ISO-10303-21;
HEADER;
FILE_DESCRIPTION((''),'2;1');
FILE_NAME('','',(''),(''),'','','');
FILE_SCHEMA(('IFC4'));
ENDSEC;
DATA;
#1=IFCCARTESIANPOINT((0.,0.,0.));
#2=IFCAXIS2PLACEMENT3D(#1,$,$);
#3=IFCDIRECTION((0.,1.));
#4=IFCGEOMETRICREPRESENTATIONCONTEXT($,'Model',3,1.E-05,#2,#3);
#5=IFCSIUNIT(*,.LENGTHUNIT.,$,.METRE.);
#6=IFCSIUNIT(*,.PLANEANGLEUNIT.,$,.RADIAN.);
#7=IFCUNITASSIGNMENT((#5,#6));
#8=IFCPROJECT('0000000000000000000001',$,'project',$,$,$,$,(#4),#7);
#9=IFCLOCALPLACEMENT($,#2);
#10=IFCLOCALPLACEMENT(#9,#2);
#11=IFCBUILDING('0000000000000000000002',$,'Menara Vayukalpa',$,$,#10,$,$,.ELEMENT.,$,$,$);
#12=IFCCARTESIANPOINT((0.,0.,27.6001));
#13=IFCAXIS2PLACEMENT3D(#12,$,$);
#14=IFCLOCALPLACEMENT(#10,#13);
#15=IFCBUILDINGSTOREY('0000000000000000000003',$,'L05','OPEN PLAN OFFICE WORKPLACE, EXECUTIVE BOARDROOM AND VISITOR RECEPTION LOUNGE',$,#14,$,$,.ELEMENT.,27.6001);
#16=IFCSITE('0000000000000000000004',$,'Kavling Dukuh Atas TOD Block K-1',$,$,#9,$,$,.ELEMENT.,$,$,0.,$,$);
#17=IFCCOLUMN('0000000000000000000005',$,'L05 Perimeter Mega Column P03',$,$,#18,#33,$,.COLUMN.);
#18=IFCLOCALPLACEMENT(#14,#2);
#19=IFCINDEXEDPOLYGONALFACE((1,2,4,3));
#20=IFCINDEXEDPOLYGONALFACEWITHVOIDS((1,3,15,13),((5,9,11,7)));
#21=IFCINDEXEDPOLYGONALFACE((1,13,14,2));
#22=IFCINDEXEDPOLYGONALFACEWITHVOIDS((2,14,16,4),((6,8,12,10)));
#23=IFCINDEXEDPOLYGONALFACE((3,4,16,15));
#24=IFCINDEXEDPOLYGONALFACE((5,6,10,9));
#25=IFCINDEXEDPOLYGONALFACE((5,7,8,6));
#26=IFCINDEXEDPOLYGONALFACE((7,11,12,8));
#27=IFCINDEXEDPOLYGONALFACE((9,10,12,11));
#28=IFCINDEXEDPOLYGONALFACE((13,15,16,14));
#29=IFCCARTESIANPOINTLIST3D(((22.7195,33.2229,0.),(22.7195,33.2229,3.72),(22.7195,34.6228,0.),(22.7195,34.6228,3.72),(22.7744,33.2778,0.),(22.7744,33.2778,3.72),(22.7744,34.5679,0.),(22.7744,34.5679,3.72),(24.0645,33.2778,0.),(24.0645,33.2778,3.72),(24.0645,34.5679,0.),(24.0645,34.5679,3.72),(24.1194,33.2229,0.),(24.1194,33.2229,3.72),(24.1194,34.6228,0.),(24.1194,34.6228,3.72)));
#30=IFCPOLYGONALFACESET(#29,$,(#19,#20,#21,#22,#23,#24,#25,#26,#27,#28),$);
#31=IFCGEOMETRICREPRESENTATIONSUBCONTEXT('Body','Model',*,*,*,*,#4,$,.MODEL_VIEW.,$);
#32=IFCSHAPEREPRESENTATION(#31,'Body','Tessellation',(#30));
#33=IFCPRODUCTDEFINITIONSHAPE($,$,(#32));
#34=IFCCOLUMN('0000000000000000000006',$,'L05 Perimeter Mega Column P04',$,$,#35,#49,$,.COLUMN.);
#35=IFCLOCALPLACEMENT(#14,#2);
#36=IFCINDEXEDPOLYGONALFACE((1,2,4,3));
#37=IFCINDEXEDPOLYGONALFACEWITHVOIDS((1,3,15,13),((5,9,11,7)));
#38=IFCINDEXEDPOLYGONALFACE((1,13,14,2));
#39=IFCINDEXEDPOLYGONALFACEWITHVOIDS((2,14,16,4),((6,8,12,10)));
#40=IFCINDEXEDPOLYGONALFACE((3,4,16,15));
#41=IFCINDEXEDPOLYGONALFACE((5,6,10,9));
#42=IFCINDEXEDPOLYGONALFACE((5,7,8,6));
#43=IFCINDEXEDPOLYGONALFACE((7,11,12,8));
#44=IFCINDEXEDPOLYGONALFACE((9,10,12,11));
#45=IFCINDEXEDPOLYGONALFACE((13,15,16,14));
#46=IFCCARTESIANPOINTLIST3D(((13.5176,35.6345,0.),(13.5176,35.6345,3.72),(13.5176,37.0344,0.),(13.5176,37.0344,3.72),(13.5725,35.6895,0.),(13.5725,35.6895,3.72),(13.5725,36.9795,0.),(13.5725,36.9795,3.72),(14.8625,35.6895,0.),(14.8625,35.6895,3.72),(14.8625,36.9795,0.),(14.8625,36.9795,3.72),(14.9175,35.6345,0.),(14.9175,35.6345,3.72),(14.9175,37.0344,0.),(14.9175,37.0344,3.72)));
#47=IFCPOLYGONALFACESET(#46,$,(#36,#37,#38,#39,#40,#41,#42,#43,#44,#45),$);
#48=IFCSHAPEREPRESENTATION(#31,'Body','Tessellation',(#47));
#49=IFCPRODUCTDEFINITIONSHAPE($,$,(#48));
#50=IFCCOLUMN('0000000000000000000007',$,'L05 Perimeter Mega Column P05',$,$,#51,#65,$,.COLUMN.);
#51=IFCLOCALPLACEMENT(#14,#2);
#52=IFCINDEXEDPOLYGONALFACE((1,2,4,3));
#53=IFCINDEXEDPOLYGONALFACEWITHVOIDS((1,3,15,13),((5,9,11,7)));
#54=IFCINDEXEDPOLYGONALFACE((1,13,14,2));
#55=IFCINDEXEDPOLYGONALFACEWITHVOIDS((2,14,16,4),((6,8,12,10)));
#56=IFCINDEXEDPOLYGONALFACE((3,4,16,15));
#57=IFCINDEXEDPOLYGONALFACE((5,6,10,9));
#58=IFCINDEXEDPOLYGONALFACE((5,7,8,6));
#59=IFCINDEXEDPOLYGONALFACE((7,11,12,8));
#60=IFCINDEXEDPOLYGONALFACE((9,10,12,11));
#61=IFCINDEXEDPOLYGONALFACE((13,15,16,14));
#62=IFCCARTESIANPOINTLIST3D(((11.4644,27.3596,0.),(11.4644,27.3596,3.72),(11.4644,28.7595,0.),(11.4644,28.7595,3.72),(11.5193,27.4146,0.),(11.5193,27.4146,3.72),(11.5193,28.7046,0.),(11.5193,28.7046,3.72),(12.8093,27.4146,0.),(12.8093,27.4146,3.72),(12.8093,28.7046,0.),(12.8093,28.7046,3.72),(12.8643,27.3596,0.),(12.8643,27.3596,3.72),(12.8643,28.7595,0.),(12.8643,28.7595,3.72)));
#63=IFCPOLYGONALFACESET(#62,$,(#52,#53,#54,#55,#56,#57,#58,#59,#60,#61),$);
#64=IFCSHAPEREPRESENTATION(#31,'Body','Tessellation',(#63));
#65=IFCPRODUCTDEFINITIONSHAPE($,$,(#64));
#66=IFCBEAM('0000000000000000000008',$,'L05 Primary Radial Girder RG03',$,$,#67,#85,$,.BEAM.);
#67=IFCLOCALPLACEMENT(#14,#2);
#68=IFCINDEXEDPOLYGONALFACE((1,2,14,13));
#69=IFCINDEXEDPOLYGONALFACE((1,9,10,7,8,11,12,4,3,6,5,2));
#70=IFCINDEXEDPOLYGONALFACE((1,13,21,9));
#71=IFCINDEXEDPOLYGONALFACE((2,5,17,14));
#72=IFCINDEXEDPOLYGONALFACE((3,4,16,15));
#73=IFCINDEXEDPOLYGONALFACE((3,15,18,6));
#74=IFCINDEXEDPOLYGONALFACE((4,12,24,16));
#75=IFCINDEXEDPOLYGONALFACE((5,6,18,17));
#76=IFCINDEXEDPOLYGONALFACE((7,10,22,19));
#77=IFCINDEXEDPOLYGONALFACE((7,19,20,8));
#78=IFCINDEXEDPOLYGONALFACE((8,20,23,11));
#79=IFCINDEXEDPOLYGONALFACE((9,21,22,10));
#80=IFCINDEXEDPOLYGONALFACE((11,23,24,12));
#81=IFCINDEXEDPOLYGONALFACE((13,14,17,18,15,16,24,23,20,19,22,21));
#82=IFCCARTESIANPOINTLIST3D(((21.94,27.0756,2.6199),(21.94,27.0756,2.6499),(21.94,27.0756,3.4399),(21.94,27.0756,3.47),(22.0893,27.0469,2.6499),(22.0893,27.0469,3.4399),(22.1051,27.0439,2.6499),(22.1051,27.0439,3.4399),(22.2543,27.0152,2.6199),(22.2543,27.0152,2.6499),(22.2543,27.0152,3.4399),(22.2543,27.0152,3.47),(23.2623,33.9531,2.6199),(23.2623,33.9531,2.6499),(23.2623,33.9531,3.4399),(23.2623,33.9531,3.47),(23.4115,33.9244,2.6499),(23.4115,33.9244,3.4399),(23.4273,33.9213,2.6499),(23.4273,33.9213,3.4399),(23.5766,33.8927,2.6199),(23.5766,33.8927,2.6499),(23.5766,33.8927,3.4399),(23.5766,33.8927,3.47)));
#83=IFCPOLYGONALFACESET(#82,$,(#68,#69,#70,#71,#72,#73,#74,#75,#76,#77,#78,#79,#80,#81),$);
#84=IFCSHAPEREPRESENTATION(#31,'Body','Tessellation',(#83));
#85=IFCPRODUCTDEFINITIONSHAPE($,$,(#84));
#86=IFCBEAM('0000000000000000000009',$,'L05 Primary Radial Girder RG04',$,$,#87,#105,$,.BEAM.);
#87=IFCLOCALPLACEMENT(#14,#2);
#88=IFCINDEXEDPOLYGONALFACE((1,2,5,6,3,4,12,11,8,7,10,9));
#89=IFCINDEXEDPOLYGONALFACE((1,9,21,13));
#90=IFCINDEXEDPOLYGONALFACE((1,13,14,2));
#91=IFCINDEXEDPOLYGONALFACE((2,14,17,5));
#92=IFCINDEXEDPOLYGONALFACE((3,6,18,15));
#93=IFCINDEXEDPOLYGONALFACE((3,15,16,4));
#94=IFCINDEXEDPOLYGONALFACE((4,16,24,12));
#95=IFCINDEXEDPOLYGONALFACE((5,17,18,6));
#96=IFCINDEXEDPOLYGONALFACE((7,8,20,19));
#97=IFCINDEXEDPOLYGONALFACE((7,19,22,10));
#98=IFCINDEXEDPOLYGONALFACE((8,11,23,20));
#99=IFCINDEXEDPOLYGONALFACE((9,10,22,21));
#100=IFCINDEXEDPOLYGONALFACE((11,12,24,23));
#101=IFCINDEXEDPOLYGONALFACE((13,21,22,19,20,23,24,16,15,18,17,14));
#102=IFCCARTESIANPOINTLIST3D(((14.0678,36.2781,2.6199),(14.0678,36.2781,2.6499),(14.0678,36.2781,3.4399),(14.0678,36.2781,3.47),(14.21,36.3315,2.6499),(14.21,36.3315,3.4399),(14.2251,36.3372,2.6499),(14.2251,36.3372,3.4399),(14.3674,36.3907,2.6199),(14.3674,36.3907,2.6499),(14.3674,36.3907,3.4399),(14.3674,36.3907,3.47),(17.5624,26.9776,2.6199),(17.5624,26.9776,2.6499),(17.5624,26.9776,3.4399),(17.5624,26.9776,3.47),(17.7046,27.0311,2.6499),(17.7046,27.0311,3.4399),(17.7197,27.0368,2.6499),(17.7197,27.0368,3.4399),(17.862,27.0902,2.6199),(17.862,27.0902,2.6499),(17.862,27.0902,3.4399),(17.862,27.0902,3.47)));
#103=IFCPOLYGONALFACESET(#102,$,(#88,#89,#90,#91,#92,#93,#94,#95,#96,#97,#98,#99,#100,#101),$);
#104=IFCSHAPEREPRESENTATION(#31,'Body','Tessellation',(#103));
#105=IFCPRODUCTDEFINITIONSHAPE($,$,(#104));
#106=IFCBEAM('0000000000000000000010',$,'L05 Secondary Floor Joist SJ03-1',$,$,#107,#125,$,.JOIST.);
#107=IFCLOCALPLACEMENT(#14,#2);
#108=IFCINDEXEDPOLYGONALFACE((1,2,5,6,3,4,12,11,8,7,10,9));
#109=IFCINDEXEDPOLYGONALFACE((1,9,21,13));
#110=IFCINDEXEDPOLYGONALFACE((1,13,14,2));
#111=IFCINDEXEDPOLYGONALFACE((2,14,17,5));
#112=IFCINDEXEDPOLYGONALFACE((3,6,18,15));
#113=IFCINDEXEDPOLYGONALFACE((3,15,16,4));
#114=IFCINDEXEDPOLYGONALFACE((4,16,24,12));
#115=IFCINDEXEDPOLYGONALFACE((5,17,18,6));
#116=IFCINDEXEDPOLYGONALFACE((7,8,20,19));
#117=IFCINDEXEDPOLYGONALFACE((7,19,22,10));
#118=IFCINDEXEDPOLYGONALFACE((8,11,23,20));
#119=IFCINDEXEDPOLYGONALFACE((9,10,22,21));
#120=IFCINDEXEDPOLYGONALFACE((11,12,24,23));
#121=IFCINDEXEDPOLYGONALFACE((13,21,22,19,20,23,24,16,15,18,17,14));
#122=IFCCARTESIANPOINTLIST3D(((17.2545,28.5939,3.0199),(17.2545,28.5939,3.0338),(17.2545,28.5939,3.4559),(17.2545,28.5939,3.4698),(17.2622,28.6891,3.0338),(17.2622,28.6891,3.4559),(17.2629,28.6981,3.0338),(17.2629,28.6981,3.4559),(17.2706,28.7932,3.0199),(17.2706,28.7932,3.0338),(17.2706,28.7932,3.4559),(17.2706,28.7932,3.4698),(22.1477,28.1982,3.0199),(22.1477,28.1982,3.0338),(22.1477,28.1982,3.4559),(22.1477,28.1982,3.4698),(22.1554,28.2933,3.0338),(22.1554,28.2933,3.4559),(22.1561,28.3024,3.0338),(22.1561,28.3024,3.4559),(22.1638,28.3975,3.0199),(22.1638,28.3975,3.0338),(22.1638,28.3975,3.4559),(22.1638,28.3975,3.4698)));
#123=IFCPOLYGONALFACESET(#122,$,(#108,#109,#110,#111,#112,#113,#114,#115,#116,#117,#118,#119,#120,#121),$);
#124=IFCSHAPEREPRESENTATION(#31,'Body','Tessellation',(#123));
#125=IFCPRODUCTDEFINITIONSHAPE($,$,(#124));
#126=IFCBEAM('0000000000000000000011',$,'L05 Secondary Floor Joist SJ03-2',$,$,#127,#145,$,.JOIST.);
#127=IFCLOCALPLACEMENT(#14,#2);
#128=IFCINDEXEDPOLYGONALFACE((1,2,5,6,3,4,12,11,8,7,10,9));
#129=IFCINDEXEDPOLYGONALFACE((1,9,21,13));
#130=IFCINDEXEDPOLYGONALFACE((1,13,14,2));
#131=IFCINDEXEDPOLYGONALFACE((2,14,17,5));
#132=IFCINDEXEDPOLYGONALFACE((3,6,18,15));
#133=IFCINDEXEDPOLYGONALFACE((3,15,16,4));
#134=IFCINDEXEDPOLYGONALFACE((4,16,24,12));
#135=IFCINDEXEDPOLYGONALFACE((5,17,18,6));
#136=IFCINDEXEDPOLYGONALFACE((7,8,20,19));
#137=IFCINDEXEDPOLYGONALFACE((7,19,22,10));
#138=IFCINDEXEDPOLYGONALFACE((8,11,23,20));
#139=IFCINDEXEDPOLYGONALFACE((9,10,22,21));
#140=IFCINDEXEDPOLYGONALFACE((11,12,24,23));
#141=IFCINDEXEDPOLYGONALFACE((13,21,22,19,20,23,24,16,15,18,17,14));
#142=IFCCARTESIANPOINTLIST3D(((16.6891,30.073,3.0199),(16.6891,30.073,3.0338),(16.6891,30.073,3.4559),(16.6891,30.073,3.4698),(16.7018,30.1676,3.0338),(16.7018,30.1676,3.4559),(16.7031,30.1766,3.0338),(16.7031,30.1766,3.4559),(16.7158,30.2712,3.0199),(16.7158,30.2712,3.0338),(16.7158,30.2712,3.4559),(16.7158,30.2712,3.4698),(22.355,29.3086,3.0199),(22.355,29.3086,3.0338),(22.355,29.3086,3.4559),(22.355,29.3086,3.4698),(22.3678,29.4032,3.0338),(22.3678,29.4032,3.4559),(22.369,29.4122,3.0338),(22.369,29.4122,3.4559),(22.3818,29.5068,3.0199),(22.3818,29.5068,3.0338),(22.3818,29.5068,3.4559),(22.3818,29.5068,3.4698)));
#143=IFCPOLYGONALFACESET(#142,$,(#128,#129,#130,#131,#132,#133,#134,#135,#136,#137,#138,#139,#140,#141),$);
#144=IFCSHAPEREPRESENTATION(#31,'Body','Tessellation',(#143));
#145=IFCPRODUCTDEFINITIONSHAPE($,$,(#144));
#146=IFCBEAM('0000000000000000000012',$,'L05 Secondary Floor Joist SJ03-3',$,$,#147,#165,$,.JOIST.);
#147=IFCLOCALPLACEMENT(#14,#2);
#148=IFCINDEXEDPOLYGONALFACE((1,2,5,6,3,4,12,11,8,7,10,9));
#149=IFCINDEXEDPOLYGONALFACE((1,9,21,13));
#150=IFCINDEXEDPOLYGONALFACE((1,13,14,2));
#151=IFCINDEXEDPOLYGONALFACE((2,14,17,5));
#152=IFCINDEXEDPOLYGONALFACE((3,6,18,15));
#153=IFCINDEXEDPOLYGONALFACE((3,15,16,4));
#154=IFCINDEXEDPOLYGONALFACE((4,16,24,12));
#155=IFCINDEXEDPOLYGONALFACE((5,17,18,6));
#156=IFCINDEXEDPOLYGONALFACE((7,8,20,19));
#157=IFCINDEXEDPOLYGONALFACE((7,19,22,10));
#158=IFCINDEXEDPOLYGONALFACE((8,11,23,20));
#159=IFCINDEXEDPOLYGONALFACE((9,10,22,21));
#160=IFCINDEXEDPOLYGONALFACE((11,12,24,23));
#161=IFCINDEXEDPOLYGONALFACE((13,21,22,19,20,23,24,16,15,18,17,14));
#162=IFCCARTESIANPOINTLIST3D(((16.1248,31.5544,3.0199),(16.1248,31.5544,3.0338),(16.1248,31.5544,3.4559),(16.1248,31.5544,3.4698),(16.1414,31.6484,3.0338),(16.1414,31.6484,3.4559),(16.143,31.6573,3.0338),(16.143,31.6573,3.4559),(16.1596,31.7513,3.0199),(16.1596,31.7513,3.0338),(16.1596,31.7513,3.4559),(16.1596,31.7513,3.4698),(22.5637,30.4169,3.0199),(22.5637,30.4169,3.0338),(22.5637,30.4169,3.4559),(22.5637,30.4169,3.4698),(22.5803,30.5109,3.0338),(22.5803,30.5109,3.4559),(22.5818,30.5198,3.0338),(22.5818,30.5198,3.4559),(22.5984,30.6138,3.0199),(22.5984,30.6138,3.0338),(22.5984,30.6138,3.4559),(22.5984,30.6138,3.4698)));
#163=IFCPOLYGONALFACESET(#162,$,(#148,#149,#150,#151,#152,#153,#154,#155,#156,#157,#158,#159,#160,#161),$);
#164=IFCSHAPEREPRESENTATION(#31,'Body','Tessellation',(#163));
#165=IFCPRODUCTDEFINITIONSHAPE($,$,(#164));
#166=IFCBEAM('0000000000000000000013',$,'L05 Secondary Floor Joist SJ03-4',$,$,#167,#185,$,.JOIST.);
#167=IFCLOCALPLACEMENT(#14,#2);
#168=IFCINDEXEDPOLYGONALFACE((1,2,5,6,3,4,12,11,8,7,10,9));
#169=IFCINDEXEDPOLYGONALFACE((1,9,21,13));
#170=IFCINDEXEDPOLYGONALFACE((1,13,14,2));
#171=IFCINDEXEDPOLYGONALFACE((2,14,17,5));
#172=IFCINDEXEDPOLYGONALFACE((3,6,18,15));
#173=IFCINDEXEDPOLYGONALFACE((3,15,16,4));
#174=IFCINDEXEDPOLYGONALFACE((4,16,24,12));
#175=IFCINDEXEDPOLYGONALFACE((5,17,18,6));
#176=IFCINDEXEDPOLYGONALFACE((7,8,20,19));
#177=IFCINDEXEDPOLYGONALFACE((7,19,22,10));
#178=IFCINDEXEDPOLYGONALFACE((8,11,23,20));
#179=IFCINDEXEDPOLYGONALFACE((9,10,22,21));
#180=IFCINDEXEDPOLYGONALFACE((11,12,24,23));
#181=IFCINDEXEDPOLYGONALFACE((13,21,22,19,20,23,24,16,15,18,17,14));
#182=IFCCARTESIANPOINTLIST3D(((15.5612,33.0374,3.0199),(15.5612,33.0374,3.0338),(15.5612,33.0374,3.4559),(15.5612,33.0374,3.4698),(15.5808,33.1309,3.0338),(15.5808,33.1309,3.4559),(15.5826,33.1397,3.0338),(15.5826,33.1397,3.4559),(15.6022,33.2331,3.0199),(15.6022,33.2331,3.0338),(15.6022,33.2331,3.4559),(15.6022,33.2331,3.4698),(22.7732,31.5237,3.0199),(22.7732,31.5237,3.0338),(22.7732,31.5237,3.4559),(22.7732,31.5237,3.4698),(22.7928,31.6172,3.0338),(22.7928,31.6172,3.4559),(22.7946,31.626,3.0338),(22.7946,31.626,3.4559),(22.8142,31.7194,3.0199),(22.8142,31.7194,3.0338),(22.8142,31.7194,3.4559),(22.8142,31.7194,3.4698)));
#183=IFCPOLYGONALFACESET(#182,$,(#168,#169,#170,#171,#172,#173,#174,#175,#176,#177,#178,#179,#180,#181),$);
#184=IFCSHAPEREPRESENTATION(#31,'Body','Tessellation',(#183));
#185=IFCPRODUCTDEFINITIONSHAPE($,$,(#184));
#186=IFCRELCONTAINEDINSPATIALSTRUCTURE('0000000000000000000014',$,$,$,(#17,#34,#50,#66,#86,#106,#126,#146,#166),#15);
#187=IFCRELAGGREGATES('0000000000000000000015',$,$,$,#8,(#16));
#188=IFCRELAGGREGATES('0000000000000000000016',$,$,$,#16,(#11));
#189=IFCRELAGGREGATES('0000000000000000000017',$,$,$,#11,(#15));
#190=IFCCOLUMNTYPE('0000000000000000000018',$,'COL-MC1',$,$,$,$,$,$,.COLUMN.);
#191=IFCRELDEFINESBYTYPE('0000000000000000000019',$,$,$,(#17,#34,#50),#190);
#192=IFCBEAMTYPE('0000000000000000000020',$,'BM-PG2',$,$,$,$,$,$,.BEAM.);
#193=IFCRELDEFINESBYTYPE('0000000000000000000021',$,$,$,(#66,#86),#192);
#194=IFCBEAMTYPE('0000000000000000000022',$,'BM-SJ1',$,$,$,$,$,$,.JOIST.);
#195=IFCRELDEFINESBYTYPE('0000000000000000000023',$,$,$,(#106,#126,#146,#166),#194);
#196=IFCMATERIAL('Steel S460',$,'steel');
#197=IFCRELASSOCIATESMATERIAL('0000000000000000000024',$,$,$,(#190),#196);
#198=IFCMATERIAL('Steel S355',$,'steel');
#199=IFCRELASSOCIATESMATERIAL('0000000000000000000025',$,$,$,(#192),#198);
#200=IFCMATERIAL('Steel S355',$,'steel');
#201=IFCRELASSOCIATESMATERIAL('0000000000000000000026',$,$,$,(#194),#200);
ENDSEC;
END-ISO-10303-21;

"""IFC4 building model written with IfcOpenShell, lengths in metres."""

from ifc_helpers import new_model, si_unit, direction, frame, origin, origin_2d, place, context, subcontext, project, spatial, hollow_rectangle, i_section, extrude, material, material_profile, profile_set, type_object, element, save


model = new_model("IFC4")

# Units and contexts
model_context = context("Model", 3, precision=1e-05, world=origin(), true_north=direction((0.0, 1.0)))
body_context = subcontext(model_context, "Body", "Model", "MODEL_VIEW")
ifc_project = project(units=[si_unit("LENGTHUNIT", "METRE"), si_unit("PLANEANGLEUNIT", "RADIAN")], contexts=[model_context])

# Site, building, storey
site_placement = place(None, origin())
site = spatial("IfcSite", under=ifc_project, at=site_placement, Name="Kavling Dukuh Atas TOD Block K-1", CompositionType="ELEMENT", RefElevation=0.0)
building_placement = place(site_placement, origin())
building = spatial("IfcBuilding", under=site, at=building_placement, Name="Menara Vayukalpa", CompositionType="ELEMENT")
storey_placement = place(building_placement, frame((0.0, 0.0, 27.6001)))
storey = spatial("IfcBuildingStorey", under=building, at=storey_placement, Name="L05", Description="OPEN PLAN OFFICE WORKPLACE, EXECUTIVE BOARDROOM AND VISITOR RECEPTION LOUNGE", CompositionType="ELEMENT", Elevation=27.6001)

# Columns
ifc_material_1 = material(Name="Steel S460", Category="steel")
ifc_material_profile_1 = material_profile(ifc_material_1, hollow_rectangle(XDim=1.3999, YDim=1.3999, WallThickness=0.0549, at=origin_2d()), Name="BOX 1400x1400x55")
ifc_profile_set_1 = profile_set([ifc_material_profile_1], Name="Steel S460")
column_type = type_object("IfcColumnType", Name="COL-MC1", PredefinedType="COLUMN", material=ifc_profile_set_1)
for number, where, z_axis, x_axis, name in (
    (1, (23.4194, 33.9229, 0.0), (0.0, 0.0, 1.0), (1.0, 0.0, 0.0), "L05 Perimeter Mega Column P03"),
    (2, (14.2175, 36.3345, 0.0), (0.0, 0.0, 1.0), (1.0, 0.0, 0.0), "L05 Perimeter Mega Column P04"),
    (3, (12.1643, 28.0596, 0.0), (0.0, 0.0, 1.0), (1.0, 0.0, 0.0), "L05 Perimeter Mega Column P05"),
):
    element("IfcColumn", number, at=place(storey_placement, frame(where, z_axis=z_axis, x_axis=x_axis)), inside=storey, type_object=column_type, Name=name, PredefinedType="COLUMN", context=body_context, shape_type="SweptSolid", body=[
        extrude(hollow_rectangle(XDim=1.3999, YDim=1.3999, WallThickness=0.0549, at=origin_2d()), origin(), (0.0, 0.0, 1.0), 3.72),
    ])

# Beams
ifc_material_2 = material(Name="Steel S355", Category="steel")
ifc_material_profile_2 = material_profile(ifc_material_2, i_section(OverallWidth=0.3201, OverallDepth=0.8501, WebThickness=0.0161, FlangeThickness=0.03, at=origin_2d()), Name="WF 850x320x16x30")
ifc_profile_set_2 = profile_set([ifc_material_profile_2], Name="Steel S355")
beam_type_1 = type_object("IfcBeamType", Name="BM-PG2", PredefinedType="BEAM", material=ifc_profile_set_2)
beam_1_placement = place(storey_placement, frame((22.0972, 27.0454, 3.0449), z_axis=(0.188803, 0.982015, 0.0), x_axis=(-0.982015, 0.188803, 0.0)))
element("IfcBeam", 4, at=beam_1_placement, inside=storey, type_object=beam_type_1, Name="L05 Primary Radial Girder RG03", PredefinedType="BEAM", context=body_context, shape_type="SweptSolid", body=[
    extrude(i_section(OverallWidth=0.3201, OverallDepth=0.8501, WebThickness=0.0161, FlangeThickness=0.03, at=origin_2d()), origin(), (0.0, 0.0, 1.0), 7.0034),
])
beam_2_placement = place(storey_placement, frame((17.7122, 27.0339, 3.0449), z_axis=(-0.351735, 0.9361, 0.0), x_axis=(-0.9361, -0.351735, 0.0)))
element("IfcBeam", 5, at=beam_2_placement, inside=storey, type_object=beam_type_1, Name="L05 Primary Radial Girder RG04", PredefinedType="BEAM", context=body_context, shape_type="SweptSolid", body=[
    extrude(i_section(OverallWidth=0.3201, OverallDepth=0.8501, WebThickness=0.0161, FlangeThickness=0.03, at=origin_2d()), origin(), (0.0, 0.0, 1.0), 9.9353),
])
ifc_material_3 = material(Name="Steel S355", Category="steel")
ifc_material_profile_3 = material_profile(ifc_material_3, i_section(OverallWidth=0.2, OverallDepth=0.45, WebThickness=0.009, FlangeThickness=0.0139, at=origin_2d()), Name="WF 450x200x9x14")
ifc_profile_set_3 = profile_set([ifc_material_profile_3], Name="Steel S355")
beam_type_2 = type_object("IfcBeamType", Name="BM-SJ1", PredefinedType="JOIST", material=ifc_profile_set_3)
beam_3_placement = place(storey_placement, frame((22.1558, 28.2979, 3.2449), z_axis=(-0.996745, 0.080613, 0.0), x_axis=(-0.080613, -0.996745, 0.0)))
element("IfcBeam", 6, at=beam_3_placement, inside=storey, type_object=beam_type_2, Name="L05 Secondary Floor Joist SJ03-1", PredefinedType="JOIST", context=body_context, shape_type="SweptSolid", body=[
    extrude(i_section(OverallWidth=0.2, OverallDepth=0.45, WebThickness=0.009, FlangeThickness=0.0139, at=origin_2d()), origin(), (0.0, 0.0, 1.0), 4.9092),
])
beam_4_placement = place(storey_placement, frame((22.3684, 29.4077, 3.2449), z_axis=(-0.991022, 0.133699, 0.0), x_axis=(-0.133699, -0.991022, 0.0)))
element("IfcBeam", 7, at=beam_4_placement, inside=storey, type_object=beam_type_2, Name="L05 Secondary Floor Joist SJ03-2", PredefinedType="JOIST", context=body_context, shape_type="SweptSolid", body=[
    extrude(i_section(OverallWidth=0.2, OverallDepth=0.45, WebThickness=0.009, FlangeThickness=0.0139, at=origin_2d()), origin(), (0.0, 0.0, 1.0), 5.7173),
])
beam_5_placement = place(storey_placement, frame((22.5811, 30.5154, 3.2449), z_axis=(-0.984753, 0.173958, 0.0), x_axis=(-0.173958, -0.984753, 0.0)))
element("IfcBeam", 8, at=beam_5_placement, inside=storey, type_object=beam_type_2, Name="L05 Secondary Floor Joist SJ03-3", PredefinedType="JOIST", context=body_context, shape_type="SweptSolid", body=[
    extrude(i_section(OverallWidth=0.2, OverallDepth=0.45, WebThickness=0.009, FlangeThickness=0.0139, at=origin_2d()), origin(), (0.0, 0.0, 1.0), 6.5386),
])
beam_6_placement = place(storey_placement, frame((22.7937, 31.6216, 3.2449), z_axis=(-0.978676, 0.205409, 0.0), x_axis=(-0.205409, -0.978676, 0.0)))
element("IfcBeam", 9, at=beam_6_placement, inside=storey, type_object=beam_type_2, Name="L05 Secondary Floor Joist SJ03-4", PredefinedType="JOIST", context=body_context, shape_type="SweptSolid", body=[
    extrude(i_section(OverallWidth=0.2, OverallDepth=0.45, WebThickness=0.009, FlangeThickness=0.0139, at=origin_2d()), origin(), (0.0, 0.0, 1.0), 7.3691),
])

save(model, "model.ifc")
